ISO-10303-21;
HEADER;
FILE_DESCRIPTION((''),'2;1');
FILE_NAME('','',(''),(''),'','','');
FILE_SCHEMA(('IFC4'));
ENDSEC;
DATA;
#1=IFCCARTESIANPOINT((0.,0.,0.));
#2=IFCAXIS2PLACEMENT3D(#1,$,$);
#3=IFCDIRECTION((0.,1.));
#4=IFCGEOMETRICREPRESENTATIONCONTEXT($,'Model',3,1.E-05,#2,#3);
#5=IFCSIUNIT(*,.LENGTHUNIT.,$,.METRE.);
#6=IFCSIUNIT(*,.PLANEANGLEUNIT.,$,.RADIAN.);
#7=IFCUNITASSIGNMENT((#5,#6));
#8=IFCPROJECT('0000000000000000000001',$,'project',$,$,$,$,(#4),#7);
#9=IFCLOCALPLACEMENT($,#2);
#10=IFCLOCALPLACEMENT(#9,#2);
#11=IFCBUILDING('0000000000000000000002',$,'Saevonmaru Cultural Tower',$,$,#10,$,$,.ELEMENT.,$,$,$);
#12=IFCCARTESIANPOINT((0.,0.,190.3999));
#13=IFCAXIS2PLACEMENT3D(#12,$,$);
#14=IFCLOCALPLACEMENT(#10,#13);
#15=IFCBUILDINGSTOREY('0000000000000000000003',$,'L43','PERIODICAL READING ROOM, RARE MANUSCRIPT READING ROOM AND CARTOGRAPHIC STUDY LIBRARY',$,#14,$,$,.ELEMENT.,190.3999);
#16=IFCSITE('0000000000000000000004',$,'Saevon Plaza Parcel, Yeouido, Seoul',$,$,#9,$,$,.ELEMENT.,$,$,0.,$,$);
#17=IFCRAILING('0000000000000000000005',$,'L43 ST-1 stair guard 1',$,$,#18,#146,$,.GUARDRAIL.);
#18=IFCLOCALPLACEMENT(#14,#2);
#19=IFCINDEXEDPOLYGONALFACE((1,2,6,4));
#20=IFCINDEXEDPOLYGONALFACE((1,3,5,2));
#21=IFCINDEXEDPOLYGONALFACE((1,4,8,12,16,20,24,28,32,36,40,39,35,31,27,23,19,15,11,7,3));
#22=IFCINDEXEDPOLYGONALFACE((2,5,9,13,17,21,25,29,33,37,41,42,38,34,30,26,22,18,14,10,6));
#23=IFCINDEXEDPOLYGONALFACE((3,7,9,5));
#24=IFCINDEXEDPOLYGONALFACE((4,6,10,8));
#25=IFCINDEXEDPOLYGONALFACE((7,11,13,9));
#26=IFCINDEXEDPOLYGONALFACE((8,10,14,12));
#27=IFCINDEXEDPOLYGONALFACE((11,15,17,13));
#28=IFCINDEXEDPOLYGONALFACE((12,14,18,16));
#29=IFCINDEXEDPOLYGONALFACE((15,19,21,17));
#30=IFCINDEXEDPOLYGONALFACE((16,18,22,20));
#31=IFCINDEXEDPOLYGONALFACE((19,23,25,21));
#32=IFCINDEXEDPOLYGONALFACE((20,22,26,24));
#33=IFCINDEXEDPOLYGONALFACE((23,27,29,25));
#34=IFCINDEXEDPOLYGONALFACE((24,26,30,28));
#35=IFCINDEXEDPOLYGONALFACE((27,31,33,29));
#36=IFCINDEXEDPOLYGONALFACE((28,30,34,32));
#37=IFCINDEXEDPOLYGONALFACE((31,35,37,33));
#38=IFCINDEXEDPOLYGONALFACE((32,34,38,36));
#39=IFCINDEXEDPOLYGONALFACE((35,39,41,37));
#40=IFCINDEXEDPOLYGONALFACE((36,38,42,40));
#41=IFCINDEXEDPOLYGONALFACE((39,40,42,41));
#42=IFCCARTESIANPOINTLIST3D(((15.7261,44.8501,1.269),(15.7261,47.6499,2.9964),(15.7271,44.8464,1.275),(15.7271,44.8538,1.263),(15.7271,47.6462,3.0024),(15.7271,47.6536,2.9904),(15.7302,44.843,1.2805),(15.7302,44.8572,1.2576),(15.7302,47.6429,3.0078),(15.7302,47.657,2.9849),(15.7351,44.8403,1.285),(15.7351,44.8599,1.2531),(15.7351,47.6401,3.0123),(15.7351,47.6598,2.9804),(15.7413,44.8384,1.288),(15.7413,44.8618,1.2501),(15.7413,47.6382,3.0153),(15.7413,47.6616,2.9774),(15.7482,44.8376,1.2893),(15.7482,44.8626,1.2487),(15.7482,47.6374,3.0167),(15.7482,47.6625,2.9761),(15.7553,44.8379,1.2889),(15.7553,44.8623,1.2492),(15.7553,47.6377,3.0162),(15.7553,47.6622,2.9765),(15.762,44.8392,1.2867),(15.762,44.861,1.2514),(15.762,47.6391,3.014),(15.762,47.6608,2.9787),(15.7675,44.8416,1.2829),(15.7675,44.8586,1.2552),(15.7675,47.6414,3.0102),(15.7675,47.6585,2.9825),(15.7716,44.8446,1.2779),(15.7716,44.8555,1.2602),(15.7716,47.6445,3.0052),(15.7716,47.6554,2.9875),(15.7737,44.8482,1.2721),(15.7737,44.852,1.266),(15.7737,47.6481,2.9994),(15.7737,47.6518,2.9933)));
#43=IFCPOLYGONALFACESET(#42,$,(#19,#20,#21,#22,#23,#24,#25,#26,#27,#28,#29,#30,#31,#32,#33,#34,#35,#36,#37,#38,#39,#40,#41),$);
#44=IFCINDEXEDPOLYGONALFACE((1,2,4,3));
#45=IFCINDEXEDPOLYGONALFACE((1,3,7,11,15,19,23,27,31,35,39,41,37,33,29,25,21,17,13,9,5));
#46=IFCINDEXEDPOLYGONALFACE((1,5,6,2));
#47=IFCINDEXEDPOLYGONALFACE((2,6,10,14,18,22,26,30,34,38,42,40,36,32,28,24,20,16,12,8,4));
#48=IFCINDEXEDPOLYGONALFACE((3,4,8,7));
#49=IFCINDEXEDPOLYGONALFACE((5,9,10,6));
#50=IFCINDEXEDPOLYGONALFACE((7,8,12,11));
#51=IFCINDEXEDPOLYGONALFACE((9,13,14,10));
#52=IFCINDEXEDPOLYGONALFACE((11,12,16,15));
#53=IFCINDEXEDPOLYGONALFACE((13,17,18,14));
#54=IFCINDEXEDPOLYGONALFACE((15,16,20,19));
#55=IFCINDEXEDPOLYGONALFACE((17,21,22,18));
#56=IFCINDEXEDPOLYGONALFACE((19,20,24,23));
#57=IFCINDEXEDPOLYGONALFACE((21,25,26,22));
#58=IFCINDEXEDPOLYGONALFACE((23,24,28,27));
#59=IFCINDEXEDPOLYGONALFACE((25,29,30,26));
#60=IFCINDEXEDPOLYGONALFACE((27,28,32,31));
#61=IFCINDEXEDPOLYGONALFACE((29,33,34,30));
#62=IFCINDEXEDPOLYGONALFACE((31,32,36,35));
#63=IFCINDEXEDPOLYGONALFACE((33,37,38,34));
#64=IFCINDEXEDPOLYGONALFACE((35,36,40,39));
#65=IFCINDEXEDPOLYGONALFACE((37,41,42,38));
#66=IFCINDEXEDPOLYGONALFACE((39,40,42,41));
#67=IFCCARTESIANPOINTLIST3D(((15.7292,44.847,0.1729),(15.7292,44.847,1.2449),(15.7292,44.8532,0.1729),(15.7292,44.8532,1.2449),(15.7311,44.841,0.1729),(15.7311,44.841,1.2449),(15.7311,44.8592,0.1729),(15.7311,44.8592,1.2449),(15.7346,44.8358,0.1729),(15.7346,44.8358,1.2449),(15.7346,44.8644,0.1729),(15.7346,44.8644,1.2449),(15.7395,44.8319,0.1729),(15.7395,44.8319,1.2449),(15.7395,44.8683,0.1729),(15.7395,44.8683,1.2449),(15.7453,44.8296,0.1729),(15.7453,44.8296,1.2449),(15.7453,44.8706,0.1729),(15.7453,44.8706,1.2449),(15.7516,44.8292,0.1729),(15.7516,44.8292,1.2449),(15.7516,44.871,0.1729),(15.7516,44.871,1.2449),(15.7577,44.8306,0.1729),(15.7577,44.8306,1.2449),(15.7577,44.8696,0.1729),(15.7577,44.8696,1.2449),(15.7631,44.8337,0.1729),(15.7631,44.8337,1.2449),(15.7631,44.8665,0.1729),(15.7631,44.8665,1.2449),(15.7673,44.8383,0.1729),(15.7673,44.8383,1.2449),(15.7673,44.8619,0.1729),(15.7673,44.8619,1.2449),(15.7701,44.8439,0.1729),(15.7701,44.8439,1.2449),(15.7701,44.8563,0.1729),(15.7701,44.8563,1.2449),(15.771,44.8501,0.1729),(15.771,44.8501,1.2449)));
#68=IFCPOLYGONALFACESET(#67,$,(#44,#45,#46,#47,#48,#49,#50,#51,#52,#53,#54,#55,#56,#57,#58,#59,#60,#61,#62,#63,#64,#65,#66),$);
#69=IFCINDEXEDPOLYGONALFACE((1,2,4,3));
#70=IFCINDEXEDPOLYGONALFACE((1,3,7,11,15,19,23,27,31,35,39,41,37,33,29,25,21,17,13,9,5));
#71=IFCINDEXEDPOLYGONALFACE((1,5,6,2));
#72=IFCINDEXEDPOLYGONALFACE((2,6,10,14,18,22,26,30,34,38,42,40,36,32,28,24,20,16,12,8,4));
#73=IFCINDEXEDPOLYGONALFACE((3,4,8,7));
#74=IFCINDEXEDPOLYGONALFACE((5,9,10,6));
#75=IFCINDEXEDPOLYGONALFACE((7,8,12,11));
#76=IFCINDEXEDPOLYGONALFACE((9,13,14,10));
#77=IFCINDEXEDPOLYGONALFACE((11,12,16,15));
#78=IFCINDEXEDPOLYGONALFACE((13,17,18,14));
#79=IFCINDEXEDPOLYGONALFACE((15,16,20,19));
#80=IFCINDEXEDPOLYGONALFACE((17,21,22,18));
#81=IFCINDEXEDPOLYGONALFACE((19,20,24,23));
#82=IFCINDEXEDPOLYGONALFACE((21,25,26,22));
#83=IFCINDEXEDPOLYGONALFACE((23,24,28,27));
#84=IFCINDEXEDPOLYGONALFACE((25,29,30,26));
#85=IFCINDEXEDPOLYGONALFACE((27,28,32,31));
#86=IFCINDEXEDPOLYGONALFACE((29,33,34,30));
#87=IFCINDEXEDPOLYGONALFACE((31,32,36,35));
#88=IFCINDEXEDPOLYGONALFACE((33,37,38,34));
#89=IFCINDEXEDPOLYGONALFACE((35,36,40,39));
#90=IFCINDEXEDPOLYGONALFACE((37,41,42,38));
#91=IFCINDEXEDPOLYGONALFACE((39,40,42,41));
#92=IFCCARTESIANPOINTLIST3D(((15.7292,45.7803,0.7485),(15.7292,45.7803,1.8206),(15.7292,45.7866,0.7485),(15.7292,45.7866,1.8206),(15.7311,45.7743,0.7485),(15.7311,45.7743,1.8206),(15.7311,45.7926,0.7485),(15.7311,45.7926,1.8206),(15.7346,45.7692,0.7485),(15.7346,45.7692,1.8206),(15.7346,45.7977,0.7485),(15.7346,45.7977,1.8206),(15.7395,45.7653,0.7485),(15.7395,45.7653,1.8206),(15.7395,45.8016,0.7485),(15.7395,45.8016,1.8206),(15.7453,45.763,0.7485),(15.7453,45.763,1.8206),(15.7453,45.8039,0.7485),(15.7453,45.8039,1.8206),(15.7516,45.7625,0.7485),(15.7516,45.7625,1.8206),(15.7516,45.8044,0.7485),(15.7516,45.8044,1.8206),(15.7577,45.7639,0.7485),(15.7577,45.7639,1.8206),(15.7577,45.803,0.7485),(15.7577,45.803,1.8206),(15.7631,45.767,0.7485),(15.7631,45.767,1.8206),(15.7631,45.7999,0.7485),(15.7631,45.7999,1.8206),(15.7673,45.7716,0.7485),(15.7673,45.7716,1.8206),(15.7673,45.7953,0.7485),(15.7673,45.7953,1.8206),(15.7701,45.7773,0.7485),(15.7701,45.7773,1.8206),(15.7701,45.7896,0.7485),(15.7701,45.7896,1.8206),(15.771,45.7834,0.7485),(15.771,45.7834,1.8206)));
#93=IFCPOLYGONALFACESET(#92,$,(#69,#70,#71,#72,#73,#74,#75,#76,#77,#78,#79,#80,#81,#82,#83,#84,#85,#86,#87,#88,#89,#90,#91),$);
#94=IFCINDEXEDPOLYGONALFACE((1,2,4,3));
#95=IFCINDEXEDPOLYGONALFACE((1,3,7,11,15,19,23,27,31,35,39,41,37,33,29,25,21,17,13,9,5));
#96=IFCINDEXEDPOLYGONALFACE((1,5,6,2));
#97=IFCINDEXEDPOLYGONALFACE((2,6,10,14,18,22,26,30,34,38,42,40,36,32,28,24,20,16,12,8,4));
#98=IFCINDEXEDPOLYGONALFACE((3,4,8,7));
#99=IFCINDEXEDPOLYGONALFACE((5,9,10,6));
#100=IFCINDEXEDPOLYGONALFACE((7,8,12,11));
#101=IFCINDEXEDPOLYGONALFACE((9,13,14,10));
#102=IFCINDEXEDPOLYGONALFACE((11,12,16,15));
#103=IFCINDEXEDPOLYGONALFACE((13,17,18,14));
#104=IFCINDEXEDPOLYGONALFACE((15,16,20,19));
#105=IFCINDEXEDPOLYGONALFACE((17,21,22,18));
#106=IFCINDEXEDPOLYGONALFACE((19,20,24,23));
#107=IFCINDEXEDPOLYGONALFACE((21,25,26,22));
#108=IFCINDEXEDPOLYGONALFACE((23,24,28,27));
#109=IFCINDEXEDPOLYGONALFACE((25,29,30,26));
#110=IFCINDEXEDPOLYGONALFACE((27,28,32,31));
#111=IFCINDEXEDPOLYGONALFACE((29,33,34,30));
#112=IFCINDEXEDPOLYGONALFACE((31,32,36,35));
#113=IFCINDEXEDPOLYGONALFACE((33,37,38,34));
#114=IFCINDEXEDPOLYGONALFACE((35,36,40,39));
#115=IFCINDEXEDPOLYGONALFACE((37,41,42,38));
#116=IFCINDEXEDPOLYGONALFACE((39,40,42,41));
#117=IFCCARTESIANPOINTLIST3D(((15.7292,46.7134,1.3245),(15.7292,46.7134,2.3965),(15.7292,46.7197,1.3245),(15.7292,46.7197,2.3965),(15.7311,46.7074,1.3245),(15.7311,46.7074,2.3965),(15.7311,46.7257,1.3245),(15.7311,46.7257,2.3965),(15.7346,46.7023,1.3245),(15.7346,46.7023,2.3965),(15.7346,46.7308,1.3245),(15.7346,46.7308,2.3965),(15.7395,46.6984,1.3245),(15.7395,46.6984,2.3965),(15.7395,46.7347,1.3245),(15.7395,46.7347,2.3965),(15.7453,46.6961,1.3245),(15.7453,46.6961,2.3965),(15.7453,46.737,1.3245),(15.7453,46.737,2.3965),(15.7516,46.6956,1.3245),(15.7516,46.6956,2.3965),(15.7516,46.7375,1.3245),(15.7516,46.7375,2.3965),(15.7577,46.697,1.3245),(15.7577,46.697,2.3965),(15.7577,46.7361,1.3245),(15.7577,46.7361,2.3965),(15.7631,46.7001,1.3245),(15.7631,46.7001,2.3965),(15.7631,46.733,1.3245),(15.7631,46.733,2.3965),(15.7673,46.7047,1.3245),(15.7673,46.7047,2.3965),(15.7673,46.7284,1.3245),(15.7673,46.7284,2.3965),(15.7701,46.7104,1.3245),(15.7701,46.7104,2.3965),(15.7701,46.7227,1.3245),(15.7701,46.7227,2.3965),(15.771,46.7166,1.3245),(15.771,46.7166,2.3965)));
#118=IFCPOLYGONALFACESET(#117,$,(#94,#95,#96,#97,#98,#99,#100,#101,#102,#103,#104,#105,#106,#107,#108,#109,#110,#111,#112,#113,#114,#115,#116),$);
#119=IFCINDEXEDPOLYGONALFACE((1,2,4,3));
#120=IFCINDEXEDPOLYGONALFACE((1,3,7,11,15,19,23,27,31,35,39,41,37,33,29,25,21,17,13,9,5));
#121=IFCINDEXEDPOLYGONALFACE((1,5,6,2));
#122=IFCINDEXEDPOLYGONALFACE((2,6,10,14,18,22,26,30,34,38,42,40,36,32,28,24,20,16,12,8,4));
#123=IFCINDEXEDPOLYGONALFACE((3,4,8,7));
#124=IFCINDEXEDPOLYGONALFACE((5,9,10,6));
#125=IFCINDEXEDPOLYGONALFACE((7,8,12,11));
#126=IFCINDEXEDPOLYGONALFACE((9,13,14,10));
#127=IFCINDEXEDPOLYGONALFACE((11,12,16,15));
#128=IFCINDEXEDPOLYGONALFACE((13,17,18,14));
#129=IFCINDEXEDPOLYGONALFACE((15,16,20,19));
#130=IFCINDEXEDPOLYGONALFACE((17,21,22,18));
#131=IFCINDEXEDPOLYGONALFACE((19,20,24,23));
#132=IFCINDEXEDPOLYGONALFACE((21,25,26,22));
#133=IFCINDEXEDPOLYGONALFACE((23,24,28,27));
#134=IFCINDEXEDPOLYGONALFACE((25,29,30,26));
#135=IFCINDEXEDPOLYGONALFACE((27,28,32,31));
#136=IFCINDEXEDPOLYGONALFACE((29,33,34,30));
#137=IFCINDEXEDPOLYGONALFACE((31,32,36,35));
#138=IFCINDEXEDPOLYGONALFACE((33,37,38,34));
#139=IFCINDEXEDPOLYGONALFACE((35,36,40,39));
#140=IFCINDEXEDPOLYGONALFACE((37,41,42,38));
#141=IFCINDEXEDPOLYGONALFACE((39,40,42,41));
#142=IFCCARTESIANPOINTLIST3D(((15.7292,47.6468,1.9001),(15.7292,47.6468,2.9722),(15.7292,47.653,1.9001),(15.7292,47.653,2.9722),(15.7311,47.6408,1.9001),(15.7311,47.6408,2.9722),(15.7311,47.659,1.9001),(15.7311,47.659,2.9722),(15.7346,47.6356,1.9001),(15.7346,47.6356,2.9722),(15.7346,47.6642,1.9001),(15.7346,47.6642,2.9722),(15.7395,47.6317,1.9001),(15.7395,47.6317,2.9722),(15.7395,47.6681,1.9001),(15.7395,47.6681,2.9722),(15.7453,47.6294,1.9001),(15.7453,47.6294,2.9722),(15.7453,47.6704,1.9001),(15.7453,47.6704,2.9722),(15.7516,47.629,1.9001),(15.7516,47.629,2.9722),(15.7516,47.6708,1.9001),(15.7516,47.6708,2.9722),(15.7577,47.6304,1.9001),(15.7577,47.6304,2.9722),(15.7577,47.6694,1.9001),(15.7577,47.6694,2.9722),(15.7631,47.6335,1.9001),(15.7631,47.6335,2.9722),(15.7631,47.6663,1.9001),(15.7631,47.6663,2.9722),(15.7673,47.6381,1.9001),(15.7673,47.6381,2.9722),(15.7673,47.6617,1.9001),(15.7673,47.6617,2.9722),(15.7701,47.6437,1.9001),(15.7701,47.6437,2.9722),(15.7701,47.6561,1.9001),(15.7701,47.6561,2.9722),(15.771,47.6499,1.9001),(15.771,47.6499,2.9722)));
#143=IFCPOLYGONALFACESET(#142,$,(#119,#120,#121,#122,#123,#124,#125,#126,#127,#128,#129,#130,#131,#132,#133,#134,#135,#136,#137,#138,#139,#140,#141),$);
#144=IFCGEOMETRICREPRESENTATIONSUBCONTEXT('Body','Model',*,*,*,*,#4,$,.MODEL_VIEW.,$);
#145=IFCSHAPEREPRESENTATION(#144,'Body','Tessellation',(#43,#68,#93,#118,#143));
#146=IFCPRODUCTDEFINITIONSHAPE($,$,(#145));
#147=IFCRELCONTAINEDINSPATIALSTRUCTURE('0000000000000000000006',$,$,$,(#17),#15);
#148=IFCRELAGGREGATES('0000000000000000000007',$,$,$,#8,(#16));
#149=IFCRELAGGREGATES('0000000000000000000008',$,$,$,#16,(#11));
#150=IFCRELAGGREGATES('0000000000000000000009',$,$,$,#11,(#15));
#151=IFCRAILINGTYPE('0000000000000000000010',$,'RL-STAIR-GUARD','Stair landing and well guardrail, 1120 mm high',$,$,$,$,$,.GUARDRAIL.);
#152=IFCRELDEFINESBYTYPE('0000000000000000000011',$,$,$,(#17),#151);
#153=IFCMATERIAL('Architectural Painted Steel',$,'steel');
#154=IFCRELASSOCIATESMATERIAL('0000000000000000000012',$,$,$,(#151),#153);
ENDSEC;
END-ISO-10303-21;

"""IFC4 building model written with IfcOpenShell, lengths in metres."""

from ifc_helpers import new_model, si_unit, direction, frame, origin, origin_2d, place, context, subcontext, project, spatial, circle, extrude, material, type_object, element, save


model = new_model("IFC4")

# Units and contexts
model_context = context("Model", 3, precision=1e-05, world=origin(), true_north=direction((0.0, 1.0)))
body_context = subcontext(model_context, "Body", "Model", "MODEL_VIEW")
ifc_project = project(units=[si_unit("LENGTHUNIT", "METRE"), si_unit("PLANEANGLEUNIT", "RADIAN")], contexts=[model_context])

# Site, building, storey
site_placement = place(None, origin())
site = spatial("IfcSite", under=ifc_project, at=site_placement, Name="Saevon Plaza Parcel, Yeouido, Seoul", CompositionType="ELEMENT", RefElevation=0.0)
building_placement = place(site_placement, origin())
building = spatial("IfcBuilding", under=site, at=building_placement, Name="Saevonmaru Cultural Tower", CompositionType="ELEMENT")
storey_placement = place(building_placement, frame((0.0, 0.0, 190.3999)))
storey = spatial("IfcBuildingStorey", under=building, at=storey_placement, Name="L43", Description="PERIODICAL READING ROOM, RARE MANUSCRIPT READING ROOM AND CARTOGRAPHIC STUDY LIBRARY", CompositionType="ELEMENT", Elevation=190.3999)

# Railing
ifc_material_1 = material(Name="Architectural Painted Steel", Category="steel")
railing_type_1 = type_object("IfcRailingType", Name="RL-STAIR-GUARD", Description="Stair landing and well guardrail, 1120 mm high", PredefinedType="GUARDRAIL", material=ifc_material_1)
railing_1_placement = place(storey_placement, frame((15.75, 44.8501, 0.1729)))
element("IfcRailing", 1, at=railing_1_placement, inside=storey, type_object=railing_type_1, Name="L43 ST-1 stair guard 1", PredefinedType="GUARDRAIL", context=body_context, shape_type="SweptSolid", body=[
    extrude(circle(Radius=0.0239, at=origin_2d()), frame((0.0, 0.0, 1.0962), z_axis=(0.0, 0.851069, 0.525054), x_axis=(-1.0, 0.0, 0.0)), (0.0, 0.0, 1.0), 3.2898),
    extrude(circle(Radius=0.021, at=origin_2d()), origin(), (0.0, 0.0, 1.0), 1.072),
    extrude(circle(Radius=0.021, at=origin_2d()), frame((0.0, 0.9333, 0.5757)), (0.0, 0.0, 1.0), 1.072),
    extrude(circle(Radius=0.021, at=origin_2d()), frame((0.0, 1.8665, 1.1516)), (0.0, 0.0, 1.0), 1.072),
    extrude(circle(Radius=0.021, at=origin_2d()), frame((0.0, 2.7998, 1.7273)), (0.0, 0.0, 1.0), 1.072),
])

save(model, "model.ifc")
